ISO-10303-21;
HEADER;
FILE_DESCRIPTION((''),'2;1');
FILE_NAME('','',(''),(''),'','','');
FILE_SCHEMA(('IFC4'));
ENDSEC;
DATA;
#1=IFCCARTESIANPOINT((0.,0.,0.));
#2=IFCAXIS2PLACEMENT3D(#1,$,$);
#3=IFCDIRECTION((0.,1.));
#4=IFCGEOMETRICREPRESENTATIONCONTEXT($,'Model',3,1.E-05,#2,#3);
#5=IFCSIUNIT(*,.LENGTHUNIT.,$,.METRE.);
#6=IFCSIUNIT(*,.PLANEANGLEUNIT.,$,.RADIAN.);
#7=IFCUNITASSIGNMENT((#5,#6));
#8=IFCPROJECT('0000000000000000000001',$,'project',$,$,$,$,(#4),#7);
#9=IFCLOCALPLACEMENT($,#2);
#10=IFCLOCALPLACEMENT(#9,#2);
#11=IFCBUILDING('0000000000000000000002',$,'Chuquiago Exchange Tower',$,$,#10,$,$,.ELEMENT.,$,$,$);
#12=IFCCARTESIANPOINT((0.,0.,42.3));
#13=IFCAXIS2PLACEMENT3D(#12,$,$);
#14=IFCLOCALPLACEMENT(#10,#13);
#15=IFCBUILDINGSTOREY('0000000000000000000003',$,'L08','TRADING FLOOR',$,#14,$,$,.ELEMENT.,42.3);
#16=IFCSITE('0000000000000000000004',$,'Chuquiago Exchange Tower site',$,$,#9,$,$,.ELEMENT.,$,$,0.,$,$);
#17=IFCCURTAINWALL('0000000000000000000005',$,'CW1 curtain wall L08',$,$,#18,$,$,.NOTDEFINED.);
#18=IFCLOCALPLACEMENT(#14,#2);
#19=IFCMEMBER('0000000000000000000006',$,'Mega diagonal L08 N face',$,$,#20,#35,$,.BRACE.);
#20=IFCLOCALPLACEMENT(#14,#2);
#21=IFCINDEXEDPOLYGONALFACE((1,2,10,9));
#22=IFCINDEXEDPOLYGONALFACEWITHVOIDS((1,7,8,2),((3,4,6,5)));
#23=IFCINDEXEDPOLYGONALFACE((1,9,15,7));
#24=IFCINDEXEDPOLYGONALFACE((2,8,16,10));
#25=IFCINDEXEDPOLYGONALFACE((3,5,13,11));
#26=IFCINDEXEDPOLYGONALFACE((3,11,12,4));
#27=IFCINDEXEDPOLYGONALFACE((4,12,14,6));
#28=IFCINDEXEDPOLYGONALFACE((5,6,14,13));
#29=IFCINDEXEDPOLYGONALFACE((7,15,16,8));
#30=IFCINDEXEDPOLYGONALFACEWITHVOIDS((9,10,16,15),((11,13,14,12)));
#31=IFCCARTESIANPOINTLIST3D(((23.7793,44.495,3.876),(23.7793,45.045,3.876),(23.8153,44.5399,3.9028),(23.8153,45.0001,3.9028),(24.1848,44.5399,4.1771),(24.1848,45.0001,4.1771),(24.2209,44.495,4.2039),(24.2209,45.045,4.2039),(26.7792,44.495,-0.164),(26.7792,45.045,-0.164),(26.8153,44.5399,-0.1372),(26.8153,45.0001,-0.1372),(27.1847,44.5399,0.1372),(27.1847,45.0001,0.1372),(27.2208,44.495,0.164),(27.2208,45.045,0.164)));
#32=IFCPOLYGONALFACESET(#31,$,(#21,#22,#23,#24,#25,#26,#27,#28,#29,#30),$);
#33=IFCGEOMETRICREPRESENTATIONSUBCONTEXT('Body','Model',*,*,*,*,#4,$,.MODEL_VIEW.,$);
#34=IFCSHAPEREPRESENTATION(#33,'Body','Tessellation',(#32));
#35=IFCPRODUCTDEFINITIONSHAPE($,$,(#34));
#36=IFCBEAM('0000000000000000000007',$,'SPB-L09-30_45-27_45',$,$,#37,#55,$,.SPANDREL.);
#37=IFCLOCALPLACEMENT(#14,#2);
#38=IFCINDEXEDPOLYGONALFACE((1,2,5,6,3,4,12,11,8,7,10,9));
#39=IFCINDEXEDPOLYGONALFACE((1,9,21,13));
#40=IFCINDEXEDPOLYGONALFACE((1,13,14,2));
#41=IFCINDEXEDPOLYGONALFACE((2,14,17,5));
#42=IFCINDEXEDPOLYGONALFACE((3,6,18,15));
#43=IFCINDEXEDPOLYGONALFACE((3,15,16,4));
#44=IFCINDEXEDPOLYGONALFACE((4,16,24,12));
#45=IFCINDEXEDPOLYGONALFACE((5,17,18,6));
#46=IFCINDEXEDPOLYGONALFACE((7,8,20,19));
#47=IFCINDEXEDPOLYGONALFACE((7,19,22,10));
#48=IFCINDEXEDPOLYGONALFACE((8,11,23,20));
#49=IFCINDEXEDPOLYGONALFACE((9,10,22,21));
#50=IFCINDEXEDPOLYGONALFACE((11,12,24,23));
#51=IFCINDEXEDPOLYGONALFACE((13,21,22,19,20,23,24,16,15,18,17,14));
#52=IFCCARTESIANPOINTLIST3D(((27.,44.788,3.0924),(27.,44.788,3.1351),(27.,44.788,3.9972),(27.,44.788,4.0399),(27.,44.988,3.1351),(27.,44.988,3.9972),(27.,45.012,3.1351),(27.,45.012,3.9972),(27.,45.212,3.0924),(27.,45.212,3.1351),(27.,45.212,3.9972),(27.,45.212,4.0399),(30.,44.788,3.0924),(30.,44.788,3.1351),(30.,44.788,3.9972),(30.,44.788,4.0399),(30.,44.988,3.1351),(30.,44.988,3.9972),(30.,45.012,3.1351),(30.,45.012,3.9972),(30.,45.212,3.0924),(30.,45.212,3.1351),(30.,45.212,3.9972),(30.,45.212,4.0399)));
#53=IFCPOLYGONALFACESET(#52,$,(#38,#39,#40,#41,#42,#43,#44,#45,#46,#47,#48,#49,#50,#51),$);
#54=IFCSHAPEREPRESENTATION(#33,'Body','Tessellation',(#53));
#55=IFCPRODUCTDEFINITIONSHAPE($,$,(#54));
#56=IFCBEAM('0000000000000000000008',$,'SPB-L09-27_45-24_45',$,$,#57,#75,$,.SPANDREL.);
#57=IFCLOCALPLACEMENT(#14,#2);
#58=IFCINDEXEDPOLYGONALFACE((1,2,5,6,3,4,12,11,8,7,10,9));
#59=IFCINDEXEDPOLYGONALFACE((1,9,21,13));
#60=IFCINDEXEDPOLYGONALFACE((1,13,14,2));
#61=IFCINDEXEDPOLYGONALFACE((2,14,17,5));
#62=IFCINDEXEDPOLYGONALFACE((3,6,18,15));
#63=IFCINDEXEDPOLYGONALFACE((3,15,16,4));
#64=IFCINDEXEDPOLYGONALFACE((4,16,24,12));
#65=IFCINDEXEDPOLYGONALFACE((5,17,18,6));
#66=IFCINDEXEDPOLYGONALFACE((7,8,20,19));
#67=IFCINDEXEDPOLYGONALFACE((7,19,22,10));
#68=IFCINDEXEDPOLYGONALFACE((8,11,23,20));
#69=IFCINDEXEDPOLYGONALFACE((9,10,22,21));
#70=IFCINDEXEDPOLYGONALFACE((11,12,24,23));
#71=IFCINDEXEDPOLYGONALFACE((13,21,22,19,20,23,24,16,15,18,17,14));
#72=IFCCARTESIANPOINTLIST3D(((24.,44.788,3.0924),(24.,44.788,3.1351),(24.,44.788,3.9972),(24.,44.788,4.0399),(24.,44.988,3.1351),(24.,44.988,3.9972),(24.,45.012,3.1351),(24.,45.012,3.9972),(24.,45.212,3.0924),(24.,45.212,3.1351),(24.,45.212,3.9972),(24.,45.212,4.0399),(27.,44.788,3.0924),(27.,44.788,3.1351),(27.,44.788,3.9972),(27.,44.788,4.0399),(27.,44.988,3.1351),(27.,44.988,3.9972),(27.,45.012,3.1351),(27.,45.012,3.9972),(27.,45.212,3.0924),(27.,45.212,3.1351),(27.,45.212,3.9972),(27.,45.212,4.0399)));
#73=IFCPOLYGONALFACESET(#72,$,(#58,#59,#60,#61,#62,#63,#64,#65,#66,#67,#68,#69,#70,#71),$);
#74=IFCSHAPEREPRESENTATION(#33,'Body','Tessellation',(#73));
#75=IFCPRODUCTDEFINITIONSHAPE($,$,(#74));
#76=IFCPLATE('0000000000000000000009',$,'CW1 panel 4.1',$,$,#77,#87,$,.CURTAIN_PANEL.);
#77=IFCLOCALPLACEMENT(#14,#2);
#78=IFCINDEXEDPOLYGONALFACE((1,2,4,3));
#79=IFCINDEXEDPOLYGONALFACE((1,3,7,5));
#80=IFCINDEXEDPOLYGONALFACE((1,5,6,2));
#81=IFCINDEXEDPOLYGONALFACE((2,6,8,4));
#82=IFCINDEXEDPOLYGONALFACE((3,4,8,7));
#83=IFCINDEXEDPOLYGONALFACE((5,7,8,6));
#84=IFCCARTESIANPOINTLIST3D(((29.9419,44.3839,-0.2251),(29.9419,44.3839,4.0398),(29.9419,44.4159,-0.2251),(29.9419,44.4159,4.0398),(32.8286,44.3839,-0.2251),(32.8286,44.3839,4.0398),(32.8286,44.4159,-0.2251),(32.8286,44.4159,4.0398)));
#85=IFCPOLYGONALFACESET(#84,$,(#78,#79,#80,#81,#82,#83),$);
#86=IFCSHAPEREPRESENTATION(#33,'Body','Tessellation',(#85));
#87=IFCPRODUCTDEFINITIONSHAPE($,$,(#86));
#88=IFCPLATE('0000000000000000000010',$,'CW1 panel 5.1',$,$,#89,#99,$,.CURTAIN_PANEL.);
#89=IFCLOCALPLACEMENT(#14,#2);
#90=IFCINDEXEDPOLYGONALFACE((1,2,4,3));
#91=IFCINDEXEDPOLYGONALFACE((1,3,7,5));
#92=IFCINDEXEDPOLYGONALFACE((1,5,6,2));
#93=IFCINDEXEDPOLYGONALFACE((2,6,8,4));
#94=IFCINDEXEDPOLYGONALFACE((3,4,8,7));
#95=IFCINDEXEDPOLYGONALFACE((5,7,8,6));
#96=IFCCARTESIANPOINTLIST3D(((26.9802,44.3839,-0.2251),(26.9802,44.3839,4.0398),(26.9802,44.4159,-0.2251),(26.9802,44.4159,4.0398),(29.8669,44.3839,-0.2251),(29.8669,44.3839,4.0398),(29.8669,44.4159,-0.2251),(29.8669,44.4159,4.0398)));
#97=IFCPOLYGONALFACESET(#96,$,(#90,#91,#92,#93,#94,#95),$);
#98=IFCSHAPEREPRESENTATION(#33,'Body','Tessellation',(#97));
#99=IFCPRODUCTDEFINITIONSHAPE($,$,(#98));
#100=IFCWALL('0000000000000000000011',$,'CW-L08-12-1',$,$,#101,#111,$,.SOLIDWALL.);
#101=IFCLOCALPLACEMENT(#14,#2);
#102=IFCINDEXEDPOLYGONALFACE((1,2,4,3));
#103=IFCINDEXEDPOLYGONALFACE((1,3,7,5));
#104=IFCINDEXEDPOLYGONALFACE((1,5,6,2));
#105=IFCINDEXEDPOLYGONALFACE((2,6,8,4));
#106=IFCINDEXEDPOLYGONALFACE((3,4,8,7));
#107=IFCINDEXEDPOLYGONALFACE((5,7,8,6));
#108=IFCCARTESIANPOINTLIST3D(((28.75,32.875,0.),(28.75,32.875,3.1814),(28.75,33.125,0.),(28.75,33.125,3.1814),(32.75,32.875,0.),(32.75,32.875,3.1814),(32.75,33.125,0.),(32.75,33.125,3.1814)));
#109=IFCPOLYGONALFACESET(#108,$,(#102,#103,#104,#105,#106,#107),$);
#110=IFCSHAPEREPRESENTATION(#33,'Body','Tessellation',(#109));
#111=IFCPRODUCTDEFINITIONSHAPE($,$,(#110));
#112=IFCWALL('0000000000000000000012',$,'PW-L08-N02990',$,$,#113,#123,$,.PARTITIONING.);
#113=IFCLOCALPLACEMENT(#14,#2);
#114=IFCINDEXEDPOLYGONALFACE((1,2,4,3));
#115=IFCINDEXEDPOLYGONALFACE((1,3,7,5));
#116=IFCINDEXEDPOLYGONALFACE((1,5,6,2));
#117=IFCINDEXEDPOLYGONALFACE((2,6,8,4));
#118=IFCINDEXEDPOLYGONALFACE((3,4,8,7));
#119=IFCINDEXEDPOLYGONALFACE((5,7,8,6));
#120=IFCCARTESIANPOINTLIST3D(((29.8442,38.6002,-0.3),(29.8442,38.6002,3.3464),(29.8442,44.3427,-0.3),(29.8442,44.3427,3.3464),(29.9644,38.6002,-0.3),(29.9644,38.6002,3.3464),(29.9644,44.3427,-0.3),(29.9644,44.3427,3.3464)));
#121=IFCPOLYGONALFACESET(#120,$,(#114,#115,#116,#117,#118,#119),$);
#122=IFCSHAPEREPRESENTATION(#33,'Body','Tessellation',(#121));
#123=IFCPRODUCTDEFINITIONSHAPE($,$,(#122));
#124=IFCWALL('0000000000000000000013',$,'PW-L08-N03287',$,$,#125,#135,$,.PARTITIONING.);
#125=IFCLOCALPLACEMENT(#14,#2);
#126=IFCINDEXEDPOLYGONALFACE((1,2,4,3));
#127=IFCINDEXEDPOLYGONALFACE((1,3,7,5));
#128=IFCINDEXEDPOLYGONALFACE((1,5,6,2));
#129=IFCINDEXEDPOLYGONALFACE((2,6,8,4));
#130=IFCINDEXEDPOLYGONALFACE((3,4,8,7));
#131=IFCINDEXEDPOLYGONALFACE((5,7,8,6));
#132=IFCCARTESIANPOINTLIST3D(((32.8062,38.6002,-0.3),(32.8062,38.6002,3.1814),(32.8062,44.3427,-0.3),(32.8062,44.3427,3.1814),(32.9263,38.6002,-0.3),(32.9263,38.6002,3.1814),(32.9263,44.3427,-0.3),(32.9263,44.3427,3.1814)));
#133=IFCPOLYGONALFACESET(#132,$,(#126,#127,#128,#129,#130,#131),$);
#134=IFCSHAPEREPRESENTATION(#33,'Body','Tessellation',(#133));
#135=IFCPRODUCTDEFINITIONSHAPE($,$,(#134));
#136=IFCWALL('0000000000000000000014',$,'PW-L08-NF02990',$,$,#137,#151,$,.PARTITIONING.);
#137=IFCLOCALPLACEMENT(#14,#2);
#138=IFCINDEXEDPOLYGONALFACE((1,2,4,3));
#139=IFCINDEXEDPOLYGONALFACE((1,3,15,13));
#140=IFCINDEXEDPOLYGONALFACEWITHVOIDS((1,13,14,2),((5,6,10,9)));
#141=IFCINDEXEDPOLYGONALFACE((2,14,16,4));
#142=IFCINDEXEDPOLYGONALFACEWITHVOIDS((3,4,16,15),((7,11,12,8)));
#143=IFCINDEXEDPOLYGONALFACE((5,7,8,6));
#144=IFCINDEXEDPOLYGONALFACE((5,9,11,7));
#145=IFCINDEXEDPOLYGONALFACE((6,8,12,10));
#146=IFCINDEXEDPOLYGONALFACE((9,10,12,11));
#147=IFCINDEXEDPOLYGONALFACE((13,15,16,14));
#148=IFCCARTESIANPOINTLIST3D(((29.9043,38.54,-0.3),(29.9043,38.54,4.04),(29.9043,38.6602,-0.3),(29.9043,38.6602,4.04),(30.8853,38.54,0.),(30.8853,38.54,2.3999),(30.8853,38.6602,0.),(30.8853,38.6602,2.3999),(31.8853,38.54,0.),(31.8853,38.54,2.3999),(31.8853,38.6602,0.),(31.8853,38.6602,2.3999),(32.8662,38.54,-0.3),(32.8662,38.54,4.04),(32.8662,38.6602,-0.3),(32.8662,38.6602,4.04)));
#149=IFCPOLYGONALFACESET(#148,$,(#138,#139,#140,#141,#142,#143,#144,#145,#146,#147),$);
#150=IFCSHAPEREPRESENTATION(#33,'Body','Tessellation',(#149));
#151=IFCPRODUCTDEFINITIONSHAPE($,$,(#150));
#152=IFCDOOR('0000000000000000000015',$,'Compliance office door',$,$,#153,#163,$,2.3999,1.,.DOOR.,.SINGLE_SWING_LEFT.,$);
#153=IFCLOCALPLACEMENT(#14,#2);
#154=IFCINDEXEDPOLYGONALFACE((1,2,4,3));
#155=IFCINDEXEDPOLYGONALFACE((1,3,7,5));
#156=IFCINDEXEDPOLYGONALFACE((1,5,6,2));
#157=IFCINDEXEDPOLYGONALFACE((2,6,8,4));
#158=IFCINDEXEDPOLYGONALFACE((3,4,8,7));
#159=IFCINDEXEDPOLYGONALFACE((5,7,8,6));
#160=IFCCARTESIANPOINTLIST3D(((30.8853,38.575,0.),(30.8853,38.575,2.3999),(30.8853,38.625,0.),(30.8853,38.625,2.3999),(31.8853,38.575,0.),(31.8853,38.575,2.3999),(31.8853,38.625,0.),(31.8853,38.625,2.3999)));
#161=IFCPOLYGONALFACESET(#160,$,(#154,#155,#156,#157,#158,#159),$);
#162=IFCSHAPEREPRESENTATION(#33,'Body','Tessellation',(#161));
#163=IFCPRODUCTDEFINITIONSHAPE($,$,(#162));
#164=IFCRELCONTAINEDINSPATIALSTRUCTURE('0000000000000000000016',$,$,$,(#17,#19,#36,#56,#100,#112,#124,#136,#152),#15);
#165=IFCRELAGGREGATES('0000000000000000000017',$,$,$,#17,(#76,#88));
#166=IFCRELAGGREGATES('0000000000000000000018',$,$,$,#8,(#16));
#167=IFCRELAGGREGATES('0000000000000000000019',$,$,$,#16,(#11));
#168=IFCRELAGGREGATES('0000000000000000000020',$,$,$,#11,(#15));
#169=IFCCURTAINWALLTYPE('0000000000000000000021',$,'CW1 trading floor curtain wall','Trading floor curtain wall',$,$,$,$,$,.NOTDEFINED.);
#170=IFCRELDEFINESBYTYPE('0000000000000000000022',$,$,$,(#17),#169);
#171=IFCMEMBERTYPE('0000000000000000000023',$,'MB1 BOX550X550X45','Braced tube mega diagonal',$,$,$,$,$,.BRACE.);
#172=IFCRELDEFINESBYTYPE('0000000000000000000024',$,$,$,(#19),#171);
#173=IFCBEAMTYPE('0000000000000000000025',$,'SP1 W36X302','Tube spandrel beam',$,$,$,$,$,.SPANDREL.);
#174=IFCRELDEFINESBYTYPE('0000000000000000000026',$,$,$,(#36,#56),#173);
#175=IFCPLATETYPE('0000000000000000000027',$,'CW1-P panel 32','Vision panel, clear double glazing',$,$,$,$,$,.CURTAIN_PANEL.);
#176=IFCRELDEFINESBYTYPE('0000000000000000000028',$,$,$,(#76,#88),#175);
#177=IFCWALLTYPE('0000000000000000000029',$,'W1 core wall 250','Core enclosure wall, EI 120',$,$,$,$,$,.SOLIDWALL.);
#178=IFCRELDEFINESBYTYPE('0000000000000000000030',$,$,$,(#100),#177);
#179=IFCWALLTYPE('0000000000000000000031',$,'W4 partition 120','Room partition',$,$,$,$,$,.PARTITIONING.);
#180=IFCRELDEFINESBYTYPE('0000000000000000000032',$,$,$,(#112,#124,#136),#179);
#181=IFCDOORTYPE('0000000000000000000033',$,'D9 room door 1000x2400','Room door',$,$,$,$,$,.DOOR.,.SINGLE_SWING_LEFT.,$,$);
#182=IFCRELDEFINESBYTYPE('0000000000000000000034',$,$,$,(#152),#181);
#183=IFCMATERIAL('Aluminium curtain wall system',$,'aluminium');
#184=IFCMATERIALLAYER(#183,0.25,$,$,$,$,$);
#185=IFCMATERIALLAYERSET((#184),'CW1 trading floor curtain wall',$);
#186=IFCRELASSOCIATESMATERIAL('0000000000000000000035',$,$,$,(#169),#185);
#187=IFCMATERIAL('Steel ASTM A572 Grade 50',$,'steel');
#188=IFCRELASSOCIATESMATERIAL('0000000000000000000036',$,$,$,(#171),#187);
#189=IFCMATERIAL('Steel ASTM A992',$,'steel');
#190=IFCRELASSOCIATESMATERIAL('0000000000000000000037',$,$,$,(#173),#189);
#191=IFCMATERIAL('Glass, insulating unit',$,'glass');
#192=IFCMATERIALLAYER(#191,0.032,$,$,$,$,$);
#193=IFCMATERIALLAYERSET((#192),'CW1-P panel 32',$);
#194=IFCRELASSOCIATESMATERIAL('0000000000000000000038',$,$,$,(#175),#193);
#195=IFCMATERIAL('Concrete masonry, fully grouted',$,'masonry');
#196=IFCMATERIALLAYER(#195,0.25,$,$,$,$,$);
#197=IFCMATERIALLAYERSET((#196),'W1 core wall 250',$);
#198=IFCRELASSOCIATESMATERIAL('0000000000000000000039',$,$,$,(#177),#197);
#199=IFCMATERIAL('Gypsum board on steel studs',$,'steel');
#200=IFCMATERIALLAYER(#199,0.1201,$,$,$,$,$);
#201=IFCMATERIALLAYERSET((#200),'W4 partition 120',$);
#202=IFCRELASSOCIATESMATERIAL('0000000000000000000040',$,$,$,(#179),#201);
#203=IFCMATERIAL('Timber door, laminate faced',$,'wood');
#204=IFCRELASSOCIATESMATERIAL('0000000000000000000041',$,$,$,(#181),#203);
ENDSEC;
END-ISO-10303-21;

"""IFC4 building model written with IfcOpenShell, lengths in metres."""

from ifc_helpers import new_model, si_unit, direction, frame, frame_2d, origin, origin_2d, place, context, subcontext, project, spatial, rectangle, hollow_rectangle, i_section, extrude, material, layer, layer_set, material_profile, profile_set, type_object, element, fill, aggregate, save


model = new_model("IFC4")

# Units and contexts
model_context = context("Model", 3, precision=1e-05, world=origin(), true_north=direction((0.0, 1.0)))
body_context = subcontext(model_context, "Body", "Model", "MODEL_VIEW")
ifc_project = project(units=[si_unit("LENGTHUNIT", "METRE"), si_unit("PLANEANGLEUNIT", "RADIAN")], contexts=[model_context])

# Site, building, storey
site_placement = place(None, origin())
site = spatial("IfcSite", under=ifc_project, at=site_placement, Name="Chuquiago Exchange Tower site", CompositionType="ELEMENT", RefElevation=0.0)
building_placement = place(site_placement, origin())
building = spatial("IfcBuilding", under=site, at=building_placement, Name="Chuquiago Exchange Tower", CompositionType="ELEMENT")
storey_placement = place(building_placement, frame((0.0, 0.0, 42.3)))
storey = spatial("IfcBuildingStorey", under=building, at=storey_placement, Name="L08", Description="TRADING FLOOR", CompositionType="ELEMENT", Elevation=42.3)

# Curtain wall
ifc_material_1 = material(Name="Aluminium curtain wall system", Category="aluminium")
ifc_layer_1 = layer(ifc_material_1, 0.25)
ifc_layer_set_1 = layer_set([ifc_layer_1], Name="CW1 trading floor curtain wall")
curtain_wall_type = type_object("IfcCurtainWallType", Name="CW1 trading floor curtain wall", Description="Trading floor curtain wall", PredefinedType="NOTDEFINED", material=ifc_layer_set_1)
curtain_wall_placement = place(storey_placement, origin())
curtain_wall = element("IfcCurtainWall", 1, at=curtain_wall_placement, inside=storey, type_object=curtain_wall_type, Name="CW1 curtain wall L08", PredefinedType="NOTDEFINED")

# Member
ifc_material_2 = material(Name="Steel ASTM A572 Grade 50", Category="steel")
ifc_material_profile_1 = material_profile(ifc_material_2, hollow_rectangle(XDim=0.55, YDim=0.55, WallThickness=0.0449, at=origin_2d()), Name="BOX550X550X45")
ifc_profile_set_1 = profile_set([ifc_material_profile_1], Name="Steel ASTM A572 Grade 50")
member_type_1 = type_object("IfcMemberType", Name="MB1 BOX550X550X45", Description="Braced tube mega diagonal", PredefinedType="BRACE", material=ifc_profile_set_1)
member_1_placement = place(storey_placement, frame((27.0, 44.77, 0.0), z_axis=(-0.596174, 0.0, 0.802855), x_axis=(0.0, -1.0, 0.0)))
element("IfcMember", 2, at=member_1_placement, inside=storey, type_object=member_type_1, Name="Mega diagonal L08 N face", PredefinedType="BRACE", context=body_context, shape_type="SweptSolid", body=[
    extrude(hollow_rectangle(XDim=0.55, YDim=0.55, WallThickness=0.0449, at=origin_2d()), origin(), (0.0, 0.0, 1.0), 5.032),
])

# Beams
ifc_material_3 = material(Name="Steel ASTM A992", Category="steel")
ifc_material_profile_2 = material_profile(ifc_material_3, i_section(OverallWidth=0.4241, OverallDepth=0.9475, WebThickness=0.0239, FlangeThickness=0.0427, at=origin_2d()), Name="W36X302")
ifc_profile_set_2 = profile_set([ifc_material_profile_2], Name="Steel ASTM A992")
beam_type_1 = type_object("IfcBeamType", Name="SP1 W36X302", Description="Tube spandrel beam", PredefinedType="SPANDREL", material=ifc_profile_set_2)
for number, where, z_axis, x_axis, name in (
    (3, (30.0, 45.0, 3.5662), (-1.0, 0.0, 0.0), (0.0, -1.0, 0.0), "SPB-L09-30_45-27_45"),
    (4, (27.0, 45.0, 3.5662), (-1.0, 0.0, 0.0), (0.0, -1.0, 0.0), "SPB-L09-27_45-24_45"),
):
    element("IfcBeam", number, at=place(storey_placement, frame(where, z_axis=z_axis, x_axis=x_axis)), inside=storey, type_object=beam_type_1, Name=name, PredefinedType="SPANDREL", context=body_context, shape_type="SweptSolid", body=[
        extrude(i_section(OverallWidth=0.4241, OverallDepth=0.9475, WebThickness=0.0239, FlangeThickness=0.0427, at=origin_2d()), origin(), (0.0, 0.0, 1.0), 3.0),
    ])

# Plates
ifc_material_4 = material(Name="Glass, insulating unit", Category="glass")
ifc_layer_2 = layer(ifc_material_4, 0.032)
ifc_layer_set_2 = layer_set([ifc_layer_2], Name="CW1-P panel 32")
plate_type = type_object("IfcPlateType", Name="CW1-P panel 32", Description="Vision panel, clear double glazing", PredefinedType="CURTAIN_PANEL", material=ifc_layer_set_2)
plate_1_placement = place(storey_placement, frame((31.3853, 44.3999, -0.2251), z_axis=(0.0, 0.0, 1.0), x_axis=(-1.0, 0.0, 0.0)))
plate_1 = element("IfcPlate", 5, at=plate_1_placement, type_object=plate_type, Name="CW1 panel 4.1", PredefinedType="CURTAIN_PANEL", context=body_context, shape_type="SweptSolid", body=[
    extrude(rectangle(XDim=2.8867, YDim=0.032, at=origin_2d()), origin(), (0.0, 0.0, 1.0), 4.2649),
])
plate_2_placement = place(storey_placement, frame((28.4236, 44.3999, -0.2251), z_axis=(0.0, 0.0, 1.0), x_axis=(-1.0, 0.0, 0.0)))
plate_2 = element("IfcPlate", 6, at=plate_2_placement, type_object=plate_type, Name="CW1 panel 5.1", PredefinedType="CURTAIN_PANEL", context=body_context, shape_type="SweptSolid", body=[
    extrude(rectangle(XDim=2.8867, YDim=0.032, at=origin_2d()), origin(), (0.0, 0.0, 1.0), 4.2649),
])
aggregate(curtain_wall, [plate_1, plate_2])

# Walls
ifc_material_5 = material(Name="Concrete masonry, fully grouted", Category="masonry")
ifc_layer_3 = layer(ifc_material_5, 0.25)
ifc_layer_set_3 = layer_set([ifc_layer_3], Name="W1 core wall 250")
wall_type_1 = type_object("IfcWallType", Name="W1 core wall 250", Description="Core enclosure wall, EI 120", PredefinedType="SOLIDWALL", material=ifc_layer_set_3)
wall_1_placement = place(storey_placement, frame((28.75, 33.0, 0.0), z_axis=(0.0, 0.0, 1.0), x_axis=(1.0, 0.0, 0.0)))
element("IfcWall", 7, at=wall_1_placement, inside=storey, type_object=wall_type_1, Name="CW-L08-12-1", PredefinedType="SOLIDWALL", context=body_context, shape_type="SweptSolid", body=[
    extrude(rectangle(XDim=4.0, YDim=0.25, at=frame_2d((2.0, 0.0))), origin(), (0.0, 0.0, 1.0), 3.1814),
])
ifc_material_6 = material(Name="Gypsum board on steel studs", Category="steel")
ifc_layer_4 = layer(ifc_material_6, 0.1201)
ifc_layer_set_4 = layer_set([ifc_layer_4], Name="W4 partition 120")
wall_type_2 = type_object("IfcWallType", Name="W4 partition 120", Description="Room partition", PredefinedType="PARTITIONING", material=ifc_layer_set_4)
wall_2_placement = place(storey_placement, frame((29.9043, 44.3425, -0.3), z_axis=(0.0, 0.0, 1.0), x_axis=(0.0, -1.0, 0.0)))
element("IfcWall", 8, at=wall_2_placement, inside=storey, type_object=wall_type_2, Name="PW-L08-N02990", PredefinedType="PARTITIONING", context=body_context, shape_type="SweptSolid", body=[
    extrude(rectangle(XDim=5.7424, YDim=0.1201, at=frame_2d((2.8711, 0.0))), origin(), (0.0, 0.0, 1.0), 3.6465),
])
wall_3_placement = place(storey_placement, frame((32.8662, 44.3425, -0.3), z_axis=(0.0, 0.0, 1.0), x_axis=(0.0, -1.0, 0.0)))
element("IfcWall", 9, at=wall_3_placement, inside=storey, type_object=wall_type_2, Name="PW-L08-N03287", PredefinedType="PARTITIONING", context=body_context, shape_type="SweptSolid", body=[
    extrude(rectangle(XDim=5.7424, YDim=0.1201, at=frame_2d((2.8711, 0.0))), origin(), (0.0, 0.0, 1.0), 3.4814),
])

# Wall, opening, door
wall_4_placement = place(storey_placement, frame((29.9043, 38.6001, -0.3), z_axis=(0.0, 0.0, 1.0), x_axis=(1.0, 0.0, 0.0)))
wall_4 = element("IfcWall", 10, at=wall_4_placement, inside=storey, type_object=wall_type_2, Name="PW-L08-NF02990", PredefinedType="PARTITIONING", context=body_context, shape_type="SweptSolid", body=[
    extrude(rectangle(XDim=2.9619, YDim=0.1201, at=frame_2d((1.481, 0.0))), origin(), (0.0, 0.0, 1.0), 4.3401),
])
opening_1_placement = place(wall_4_placement, frame((0.981, 0.0, 0.3)))
opening_1 = element("IfcOpeningElement", 11, at=opening_1_placement, cuts=wall_4, PredefinedType="OPENING", context=body_context, shape_type="SweptSolid", body=[
    extrude(rectangle(XDim=1.0, YDim=2.3999, at=frame_2d((0.5, 1.2))), frame((0.0, 0.0701, 0.0), z_axis=(0.0, -1.0, 0.0), x_axis=(1.0, 0.0, 0.0)), (0.0, 0.0, 1.0), 0.1401),
])
ifc_material_7 = material(Name="Timber door, laminate faced", Category="wood")
door_type = type_object("IfcDoorType", Name="D9 room door 1000x2400", Description="Room door", OperationType="SINGLE_SWING_LEFT", PredefinedType="DOOR", material=ifc_material_7)
door_1_placement = place(opening_1_placement, origin())
door_1 = element("IfcDoor", 12, at=door_1_placement, inside=storey, type_object=door_type, Name="Compliance office door", OperationType="SINGLE_SWING_LEFT", OverallHeight=2.3999, OverallWidth=1.0, PredefinedType="DOOR", context=body_context, shape_type="SweptSolid", body=[
    extrude(rectangle(XDim=1.0, YDim=2.3999, at=frame_2d((0.5, 1.2))), frame((0.0, 0.0249, 0.0), z_axis=(0.0, -1.0, 0.0), x_axis=(1.0, 0.0, 0.0)), (0.0, 0.0, 1.0), 0.05),
])
fill(opening_1, door_1)

save(model, "model.ifc")
